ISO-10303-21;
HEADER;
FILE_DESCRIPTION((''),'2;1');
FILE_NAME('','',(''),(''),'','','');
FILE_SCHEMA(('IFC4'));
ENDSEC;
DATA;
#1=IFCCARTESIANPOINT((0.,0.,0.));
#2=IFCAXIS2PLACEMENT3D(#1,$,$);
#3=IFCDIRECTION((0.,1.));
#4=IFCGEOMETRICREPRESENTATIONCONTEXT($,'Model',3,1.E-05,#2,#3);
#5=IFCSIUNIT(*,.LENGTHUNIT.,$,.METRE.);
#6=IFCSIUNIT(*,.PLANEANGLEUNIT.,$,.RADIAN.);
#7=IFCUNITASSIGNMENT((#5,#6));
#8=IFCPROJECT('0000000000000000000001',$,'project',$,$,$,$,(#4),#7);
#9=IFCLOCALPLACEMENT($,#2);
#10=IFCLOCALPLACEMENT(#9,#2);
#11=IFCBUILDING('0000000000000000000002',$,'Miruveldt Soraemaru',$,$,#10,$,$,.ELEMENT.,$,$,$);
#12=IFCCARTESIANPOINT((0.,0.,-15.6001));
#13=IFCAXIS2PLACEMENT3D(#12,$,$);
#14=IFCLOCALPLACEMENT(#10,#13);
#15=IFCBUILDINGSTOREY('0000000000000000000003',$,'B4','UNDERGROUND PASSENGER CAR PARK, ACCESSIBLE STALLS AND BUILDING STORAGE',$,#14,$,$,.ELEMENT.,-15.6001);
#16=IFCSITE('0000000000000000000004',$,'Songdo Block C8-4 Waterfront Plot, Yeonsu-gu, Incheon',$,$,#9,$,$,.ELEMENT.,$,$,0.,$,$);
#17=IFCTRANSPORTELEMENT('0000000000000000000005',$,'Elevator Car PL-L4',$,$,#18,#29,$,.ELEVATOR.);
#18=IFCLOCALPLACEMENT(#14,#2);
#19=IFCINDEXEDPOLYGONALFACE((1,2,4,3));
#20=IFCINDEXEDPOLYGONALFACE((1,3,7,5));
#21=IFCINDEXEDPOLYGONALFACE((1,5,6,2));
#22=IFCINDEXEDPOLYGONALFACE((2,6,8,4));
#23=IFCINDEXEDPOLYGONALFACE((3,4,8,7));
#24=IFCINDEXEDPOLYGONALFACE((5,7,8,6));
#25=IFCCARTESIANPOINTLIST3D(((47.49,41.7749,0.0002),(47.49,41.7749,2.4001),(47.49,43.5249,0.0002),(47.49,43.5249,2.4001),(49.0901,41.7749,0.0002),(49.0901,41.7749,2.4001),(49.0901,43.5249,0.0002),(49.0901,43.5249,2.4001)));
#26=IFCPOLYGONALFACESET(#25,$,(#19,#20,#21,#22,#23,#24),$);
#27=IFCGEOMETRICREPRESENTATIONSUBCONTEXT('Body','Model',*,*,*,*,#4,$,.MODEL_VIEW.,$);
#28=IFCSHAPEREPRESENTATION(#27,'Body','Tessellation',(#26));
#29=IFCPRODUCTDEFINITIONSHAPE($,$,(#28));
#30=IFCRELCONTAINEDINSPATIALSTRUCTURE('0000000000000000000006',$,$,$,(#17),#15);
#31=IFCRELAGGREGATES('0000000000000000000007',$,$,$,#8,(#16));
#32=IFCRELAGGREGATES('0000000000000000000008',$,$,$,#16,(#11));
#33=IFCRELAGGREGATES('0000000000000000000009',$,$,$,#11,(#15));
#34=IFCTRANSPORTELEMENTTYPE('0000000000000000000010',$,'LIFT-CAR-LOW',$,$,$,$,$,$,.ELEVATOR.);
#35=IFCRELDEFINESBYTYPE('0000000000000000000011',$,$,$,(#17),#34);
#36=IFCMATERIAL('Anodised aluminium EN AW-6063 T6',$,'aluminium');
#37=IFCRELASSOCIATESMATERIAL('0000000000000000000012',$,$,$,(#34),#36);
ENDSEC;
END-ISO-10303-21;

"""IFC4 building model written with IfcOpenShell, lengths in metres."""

from ifc_helpers import new_model, si_unit, direction, frame, origin, origin_2d, place, context, subcontext, project, spatial, rectangle, extrude, material, type_object, element, save


model = new_model("IFC4")

# Units and contexts
model_context = context("Model", 3, precision=1e-05, world=origin(), true_north=direction((0.0, 1.0)))
body_context = subcontext(model_context, "Body", "Model", "MODEL_VIEW")
ifc_project = project(units=[si_unit("LENGTHUNIT", "METRE"), si_unit("PLANEANGLEUNIT", "RADIAN")], contexts=[model_context])

# Site, building, storey
site_placement = place(None, origin())
site = spatial("IfcSite", under=ifc_project, at=site_placement, Name="Songdo Block C8-4 Waterfront Plot, Yeonsu-gu, Incheon", CompositionType="ELEMENT", RefElevation=0.0)
building_placement = place(site_placement, origin())
building = spatial("IfcBuilding", under=site, at=building_placement, Name="Miruveldt Soraemaru", CompositionType="ELEMENT")
storey_placement = place(building_placement, frame((0.0, 0.0, -15.6001)))
storey = spatial("IfcBuildingStorey", under=building, at=storey_placement, Name="B4", Description="UNDERGROUND PASSENGER CAR PARK, ACCESSIBLE STALLS AND BUILDING STORAGE", CompositionType="ELEMENT", Elevation=-15.6001)

# Shared definitions
ifc_material_1 = material(Name="Anodised aluminium EN AW-6063 T6", Category="aluminium")

# Transport element
transport_element_type = type_object("IfcTransportElementType", Name="LIFT-CAR-LOW", PredefinedType="ELEVATOR", material=ifc_material_1)
for number, where, z_axis, x_axis, name in (
    (1, (48.29, 42.6499, 0.0002), (0.0, 0.0, 1.0), (1.0, 0.0, 0.0), "Elevator Car PL-L4"),
):
    element("IfcTransportElement", number, at=place(storey_placement, frame(where, z_axis=z_axis, x_axis=x_axis)), inside=storey, type_object=transport_element_type, Name=name, PredefinedType="ELEVATOR", context=body_context, shape_type="SweptSolid", body=[
        extrude(rectangle(XDim=1.6001, YDim=1.75, at=origin_2d()), origin(), (0.0, 0.0, 1.0), 2.3999),
    ])

save(model, "model.ifc")
